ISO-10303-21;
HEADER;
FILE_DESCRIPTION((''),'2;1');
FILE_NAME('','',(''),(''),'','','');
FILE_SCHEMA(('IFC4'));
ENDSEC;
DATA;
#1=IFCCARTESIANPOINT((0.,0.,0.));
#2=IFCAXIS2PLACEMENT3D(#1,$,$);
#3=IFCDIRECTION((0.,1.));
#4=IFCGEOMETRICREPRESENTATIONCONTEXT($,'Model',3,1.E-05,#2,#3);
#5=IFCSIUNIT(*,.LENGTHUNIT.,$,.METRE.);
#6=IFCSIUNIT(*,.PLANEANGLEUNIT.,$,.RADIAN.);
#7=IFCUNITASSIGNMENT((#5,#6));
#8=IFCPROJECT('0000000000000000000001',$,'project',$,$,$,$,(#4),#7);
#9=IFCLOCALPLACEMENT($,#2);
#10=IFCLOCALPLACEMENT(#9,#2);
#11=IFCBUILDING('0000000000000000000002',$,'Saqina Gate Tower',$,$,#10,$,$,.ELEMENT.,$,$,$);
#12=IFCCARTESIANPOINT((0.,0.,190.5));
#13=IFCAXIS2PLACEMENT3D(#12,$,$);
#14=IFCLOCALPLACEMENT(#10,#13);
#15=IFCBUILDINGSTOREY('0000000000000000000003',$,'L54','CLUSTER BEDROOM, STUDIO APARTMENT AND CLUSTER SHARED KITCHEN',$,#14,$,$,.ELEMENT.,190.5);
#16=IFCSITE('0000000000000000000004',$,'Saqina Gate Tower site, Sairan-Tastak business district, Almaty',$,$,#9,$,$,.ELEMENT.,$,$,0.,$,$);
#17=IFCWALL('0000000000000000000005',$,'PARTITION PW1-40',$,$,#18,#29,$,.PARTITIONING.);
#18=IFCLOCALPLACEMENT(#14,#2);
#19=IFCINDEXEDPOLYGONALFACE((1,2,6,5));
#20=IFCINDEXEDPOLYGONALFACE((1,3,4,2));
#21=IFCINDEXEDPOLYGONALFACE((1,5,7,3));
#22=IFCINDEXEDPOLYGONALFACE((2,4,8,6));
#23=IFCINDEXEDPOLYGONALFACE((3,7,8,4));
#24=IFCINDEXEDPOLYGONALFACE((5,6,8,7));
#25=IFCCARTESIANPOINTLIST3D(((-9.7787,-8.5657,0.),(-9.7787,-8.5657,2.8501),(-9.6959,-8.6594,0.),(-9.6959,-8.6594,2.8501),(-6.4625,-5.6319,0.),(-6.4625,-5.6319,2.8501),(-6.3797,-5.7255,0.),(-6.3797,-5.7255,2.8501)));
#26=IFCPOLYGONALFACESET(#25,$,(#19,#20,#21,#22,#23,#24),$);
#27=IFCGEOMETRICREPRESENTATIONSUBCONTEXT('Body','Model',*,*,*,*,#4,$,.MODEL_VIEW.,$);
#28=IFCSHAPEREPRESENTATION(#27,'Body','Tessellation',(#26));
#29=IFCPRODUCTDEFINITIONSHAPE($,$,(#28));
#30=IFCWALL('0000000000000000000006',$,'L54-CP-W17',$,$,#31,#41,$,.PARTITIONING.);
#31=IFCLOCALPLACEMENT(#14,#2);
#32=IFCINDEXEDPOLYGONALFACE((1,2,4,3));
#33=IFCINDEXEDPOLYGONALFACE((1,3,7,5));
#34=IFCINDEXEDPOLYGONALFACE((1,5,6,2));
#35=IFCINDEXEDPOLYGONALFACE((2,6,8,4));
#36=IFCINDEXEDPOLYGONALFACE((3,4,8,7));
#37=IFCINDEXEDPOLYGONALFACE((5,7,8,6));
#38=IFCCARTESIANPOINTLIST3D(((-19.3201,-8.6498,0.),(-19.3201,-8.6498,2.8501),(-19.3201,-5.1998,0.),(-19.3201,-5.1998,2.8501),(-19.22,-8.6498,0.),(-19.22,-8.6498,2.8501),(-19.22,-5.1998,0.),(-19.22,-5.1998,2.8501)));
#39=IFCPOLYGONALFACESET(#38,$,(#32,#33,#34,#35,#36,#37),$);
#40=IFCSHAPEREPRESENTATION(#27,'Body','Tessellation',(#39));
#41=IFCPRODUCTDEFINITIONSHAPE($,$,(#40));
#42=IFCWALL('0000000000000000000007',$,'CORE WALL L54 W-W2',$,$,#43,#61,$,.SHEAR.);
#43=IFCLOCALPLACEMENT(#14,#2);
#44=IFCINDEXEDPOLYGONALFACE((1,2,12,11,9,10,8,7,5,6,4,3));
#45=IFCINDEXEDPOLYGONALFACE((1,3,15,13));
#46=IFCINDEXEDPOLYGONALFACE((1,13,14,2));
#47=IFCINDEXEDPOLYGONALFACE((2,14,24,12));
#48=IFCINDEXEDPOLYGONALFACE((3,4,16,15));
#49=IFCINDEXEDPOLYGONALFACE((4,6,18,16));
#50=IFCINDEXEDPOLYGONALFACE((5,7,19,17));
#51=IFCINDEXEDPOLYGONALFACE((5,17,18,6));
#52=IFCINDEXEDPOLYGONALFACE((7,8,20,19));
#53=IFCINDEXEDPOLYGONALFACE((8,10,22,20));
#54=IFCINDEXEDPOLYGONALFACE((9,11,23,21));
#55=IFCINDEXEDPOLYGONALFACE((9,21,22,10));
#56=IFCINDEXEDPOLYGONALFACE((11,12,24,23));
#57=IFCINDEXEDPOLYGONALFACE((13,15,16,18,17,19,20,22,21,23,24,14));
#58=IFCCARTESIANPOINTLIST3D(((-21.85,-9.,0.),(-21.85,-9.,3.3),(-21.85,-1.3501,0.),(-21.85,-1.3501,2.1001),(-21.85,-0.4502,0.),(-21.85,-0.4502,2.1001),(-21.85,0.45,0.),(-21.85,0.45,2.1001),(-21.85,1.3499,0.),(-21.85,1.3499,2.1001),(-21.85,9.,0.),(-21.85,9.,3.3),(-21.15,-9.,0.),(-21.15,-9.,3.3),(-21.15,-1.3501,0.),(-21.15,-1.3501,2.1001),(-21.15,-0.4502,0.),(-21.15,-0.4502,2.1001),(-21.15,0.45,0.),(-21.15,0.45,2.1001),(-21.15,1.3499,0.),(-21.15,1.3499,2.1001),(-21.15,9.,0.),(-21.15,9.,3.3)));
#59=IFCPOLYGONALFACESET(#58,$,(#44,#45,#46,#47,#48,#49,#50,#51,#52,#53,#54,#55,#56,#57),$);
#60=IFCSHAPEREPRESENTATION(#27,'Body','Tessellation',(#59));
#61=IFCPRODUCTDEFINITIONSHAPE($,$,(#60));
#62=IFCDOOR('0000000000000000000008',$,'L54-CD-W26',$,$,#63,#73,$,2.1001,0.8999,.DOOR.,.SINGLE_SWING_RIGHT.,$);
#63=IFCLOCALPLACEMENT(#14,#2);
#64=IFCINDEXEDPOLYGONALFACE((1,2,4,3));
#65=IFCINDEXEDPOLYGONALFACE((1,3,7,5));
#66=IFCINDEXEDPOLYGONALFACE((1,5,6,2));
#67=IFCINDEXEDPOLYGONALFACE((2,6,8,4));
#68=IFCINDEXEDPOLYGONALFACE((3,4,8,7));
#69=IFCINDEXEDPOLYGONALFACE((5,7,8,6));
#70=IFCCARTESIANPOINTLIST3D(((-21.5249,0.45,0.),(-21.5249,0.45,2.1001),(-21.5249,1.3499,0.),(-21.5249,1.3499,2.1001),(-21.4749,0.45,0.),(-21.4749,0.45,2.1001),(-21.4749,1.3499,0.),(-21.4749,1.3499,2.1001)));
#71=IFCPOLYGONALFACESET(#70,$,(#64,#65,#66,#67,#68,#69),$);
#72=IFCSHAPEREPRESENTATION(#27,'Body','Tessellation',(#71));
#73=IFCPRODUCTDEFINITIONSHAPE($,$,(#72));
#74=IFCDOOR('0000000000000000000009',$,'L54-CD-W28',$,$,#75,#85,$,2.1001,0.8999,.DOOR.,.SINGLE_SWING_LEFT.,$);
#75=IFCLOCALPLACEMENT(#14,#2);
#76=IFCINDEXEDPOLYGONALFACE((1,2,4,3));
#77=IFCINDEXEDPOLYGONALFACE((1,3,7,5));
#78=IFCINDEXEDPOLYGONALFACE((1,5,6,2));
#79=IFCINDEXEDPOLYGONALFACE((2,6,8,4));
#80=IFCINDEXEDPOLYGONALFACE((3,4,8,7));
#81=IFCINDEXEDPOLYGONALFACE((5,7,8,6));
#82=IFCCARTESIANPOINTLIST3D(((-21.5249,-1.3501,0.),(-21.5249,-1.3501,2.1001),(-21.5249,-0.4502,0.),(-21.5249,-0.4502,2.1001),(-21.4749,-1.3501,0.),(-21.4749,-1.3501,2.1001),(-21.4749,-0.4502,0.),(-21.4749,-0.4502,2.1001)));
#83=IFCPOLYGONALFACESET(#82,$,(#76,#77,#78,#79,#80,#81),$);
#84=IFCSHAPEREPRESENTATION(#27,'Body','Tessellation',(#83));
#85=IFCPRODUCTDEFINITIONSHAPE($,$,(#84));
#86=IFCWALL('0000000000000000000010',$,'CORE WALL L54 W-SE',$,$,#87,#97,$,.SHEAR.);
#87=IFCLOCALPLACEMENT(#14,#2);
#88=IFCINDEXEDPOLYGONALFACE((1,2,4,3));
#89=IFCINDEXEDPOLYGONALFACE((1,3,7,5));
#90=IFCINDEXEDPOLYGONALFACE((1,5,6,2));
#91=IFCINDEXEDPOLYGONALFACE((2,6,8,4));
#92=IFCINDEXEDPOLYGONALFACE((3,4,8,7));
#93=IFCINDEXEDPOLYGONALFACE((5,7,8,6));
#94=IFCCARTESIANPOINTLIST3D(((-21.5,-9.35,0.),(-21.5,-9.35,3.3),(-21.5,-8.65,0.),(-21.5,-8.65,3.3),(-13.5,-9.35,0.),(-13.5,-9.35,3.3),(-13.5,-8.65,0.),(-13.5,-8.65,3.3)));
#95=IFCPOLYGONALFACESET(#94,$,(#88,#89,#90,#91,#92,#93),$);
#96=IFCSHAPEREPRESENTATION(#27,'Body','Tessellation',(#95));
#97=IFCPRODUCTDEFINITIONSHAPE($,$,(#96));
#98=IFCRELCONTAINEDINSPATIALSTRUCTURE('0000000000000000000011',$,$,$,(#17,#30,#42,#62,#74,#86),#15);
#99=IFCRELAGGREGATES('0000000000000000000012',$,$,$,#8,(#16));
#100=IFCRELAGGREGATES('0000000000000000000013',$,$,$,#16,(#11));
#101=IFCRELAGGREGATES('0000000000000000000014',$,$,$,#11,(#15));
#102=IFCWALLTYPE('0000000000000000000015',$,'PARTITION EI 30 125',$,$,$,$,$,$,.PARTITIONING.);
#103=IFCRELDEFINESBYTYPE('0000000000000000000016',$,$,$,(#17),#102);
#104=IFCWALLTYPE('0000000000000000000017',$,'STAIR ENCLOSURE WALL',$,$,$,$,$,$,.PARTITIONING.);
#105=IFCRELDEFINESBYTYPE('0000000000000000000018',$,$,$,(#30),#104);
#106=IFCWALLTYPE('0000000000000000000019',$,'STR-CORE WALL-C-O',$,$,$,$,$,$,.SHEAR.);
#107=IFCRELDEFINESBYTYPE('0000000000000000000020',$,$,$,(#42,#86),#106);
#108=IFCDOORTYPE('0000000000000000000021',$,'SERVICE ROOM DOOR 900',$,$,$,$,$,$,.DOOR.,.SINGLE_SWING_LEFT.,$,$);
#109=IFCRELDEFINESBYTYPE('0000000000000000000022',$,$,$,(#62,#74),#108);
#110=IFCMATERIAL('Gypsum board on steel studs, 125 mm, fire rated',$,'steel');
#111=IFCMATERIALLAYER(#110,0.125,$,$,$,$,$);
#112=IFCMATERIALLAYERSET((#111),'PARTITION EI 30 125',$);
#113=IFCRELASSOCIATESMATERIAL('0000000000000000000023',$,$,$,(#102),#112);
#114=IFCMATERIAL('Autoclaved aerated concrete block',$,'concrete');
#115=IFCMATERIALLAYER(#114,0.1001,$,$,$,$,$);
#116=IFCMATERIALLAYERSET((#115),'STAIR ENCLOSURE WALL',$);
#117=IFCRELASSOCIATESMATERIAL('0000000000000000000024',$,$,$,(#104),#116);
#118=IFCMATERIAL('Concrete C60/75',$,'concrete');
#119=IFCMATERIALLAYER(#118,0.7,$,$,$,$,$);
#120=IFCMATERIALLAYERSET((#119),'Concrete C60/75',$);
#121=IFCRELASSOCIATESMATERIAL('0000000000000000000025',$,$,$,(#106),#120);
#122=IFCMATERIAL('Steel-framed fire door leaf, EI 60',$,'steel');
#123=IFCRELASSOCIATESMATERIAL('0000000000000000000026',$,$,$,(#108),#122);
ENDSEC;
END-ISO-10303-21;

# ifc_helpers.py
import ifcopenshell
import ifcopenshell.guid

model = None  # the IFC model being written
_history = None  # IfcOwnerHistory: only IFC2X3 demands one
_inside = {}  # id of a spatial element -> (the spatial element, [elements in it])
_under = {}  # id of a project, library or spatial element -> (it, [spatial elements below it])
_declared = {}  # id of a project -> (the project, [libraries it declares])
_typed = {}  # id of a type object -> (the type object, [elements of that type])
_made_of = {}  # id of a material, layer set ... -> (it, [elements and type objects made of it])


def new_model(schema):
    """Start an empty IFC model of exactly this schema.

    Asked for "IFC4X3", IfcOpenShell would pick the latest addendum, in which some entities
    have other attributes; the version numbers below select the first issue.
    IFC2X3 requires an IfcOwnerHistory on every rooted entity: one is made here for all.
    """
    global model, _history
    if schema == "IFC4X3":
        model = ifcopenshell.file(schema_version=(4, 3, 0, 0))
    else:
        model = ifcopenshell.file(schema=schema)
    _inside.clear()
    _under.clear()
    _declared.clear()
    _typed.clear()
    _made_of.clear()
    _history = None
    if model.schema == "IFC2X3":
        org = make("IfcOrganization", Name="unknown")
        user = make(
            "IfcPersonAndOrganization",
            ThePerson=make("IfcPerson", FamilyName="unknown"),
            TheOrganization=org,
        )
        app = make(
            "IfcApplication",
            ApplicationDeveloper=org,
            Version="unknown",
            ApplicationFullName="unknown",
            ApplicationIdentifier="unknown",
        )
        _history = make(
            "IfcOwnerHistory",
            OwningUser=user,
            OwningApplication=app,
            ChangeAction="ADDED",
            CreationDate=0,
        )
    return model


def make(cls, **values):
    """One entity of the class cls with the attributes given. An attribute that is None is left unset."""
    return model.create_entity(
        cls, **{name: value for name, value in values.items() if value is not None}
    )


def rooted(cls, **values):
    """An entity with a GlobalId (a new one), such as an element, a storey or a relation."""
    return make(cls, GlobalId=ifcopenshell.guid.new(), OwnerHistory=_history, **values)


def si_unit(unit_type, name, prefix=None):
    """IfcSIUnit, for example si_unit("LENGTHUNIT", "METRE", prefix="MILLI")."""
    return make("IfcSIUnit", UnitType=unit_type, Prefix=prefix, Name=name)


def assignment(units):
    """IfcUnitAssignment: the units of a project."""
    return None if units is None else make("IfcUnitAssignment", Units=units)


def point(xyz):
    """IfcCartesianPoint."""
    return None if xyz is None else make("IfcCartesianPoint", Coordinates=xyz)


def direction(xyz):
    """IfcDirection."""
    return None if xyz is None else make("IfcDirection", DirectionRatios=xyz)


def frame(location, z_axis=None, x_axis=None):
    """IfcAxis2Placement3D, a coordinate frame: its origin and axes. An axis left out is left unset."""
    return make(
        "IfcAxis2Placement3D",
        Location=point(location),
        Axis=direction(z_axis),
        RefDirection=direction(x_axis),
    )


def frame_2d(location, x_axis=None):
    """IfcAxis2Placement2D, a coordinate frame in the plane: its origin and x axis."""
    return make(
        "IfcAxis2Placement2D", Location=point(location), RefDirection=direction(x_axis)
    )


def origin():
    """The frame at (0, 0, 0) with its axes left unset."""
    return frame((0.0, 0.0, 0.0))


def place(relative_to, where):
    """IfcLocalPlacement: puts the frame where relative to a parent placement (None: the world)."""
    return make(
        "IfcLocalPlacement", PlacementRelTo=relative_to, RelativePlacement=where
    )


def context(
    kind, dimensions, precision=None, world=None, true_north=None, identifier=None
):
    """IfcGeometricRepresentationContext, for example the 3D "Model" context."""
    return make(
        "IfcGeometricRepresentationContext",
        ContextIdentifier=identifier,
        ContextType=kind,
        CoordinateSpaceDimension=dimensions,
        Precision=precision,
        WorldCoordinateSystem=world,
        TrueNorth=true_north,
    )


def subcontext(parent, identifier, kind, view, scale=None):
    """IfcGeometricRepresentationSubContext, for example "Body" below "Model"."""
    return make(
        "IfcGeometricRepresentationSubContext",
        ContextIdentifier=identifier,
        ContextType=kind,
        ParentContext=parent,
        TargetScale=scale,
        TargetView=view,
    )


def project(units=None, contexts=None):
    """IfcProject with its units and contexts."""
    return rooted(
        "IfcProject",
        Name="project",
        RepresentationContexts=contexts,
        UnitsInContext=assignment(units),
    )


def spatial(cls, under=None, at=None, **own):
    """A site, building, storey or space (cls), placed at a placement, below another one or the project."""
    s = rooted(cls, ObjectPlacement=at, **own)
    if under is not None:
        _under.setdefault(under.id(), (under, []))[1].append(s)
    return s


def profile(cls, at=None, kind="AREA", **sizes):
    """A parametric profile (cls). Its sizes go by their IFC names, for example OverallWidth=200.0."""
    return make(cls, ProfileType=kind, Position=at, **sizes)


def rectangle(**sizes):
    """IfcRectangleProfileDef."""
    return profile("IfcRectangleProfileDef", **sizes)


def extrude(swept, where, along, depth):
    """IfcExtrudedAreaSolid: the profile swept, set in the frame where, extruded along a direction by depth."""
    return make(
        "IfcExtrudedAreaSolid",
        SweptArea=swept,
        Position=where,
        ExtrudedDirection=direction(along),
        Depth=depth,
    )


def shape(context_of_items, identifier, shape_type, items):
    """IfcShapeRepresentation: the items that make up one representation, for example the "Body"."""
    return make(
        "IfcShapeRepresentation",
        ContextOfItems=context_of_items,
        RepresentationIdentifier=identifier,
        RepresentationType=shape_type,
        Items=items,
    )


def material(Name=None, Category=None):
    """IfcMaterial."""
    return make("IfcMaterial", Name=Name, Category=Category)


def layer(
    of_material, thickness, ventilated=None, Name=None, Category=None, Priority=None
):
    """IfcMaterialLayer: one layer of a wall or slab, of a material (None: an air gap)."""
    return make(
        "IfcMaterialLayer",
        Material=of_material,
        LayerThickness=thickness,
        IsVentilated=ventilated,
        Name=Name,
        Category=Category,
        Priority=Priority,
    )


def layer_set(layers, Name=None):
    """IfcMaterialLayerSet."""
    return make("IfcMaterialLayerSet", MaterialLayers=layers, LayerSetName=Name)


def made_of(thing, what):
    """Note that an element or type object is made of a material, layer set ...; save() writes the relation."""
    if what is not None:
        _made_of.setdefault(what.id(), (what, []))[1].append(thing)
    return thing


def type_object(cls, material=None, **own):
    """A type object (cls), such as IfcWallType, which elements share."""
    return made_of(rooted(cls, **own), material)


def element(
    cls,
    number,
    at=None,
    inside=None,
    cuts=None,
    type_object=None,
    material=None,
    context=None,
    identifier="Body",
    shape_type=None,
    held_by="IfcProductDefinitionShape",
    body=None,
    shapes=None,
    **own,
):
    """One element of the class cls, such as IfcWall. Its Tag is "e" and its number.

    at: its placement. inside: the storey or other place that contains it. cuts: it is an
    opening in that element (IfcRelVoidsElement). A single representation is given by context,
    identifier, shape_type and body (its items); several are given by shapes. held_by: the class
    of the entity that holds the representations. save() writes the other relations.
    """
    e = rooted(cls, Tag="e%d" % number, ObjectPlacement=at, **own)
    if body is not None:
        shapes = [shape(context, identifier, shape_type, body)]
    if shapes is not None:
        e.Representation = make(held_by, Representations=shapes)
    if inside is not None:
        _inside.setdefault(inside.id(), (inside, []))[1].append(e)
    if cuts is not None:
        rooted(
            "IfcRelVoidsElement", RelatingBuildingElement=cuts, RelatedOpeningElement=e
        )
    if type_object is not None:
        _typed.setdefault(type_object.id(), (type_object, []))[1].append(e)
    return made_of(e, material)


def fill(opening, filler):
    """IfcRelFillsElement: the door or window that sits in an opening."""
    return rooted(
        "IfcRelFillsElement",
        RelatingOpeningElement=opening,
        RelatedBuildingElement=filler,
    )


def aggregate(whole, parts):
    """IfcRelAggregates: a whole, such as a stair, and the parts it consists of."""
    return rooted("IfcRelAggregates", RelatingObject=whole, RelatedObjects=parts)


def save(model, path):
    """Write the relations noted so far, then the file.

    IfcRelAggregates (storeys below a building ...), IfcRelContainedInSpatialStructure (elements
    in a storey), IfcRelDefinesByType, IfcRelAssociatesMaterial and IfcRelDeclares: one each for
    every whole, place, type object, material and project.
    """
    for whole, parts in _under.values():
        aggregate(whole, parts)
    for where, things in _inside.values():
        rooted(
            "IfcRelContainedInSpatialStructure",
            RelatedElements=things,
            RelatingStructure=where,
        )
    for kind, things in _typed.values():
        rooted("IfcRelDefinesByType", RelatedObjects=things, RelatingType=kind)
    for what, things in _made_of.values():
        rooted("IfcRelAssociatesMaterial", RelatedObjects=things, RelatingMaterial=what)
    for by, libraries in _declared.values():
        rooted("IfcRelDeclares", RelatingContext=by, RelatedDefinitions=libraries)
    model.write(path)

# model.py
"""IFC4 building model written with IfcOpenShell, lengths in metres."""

from ifc_helpers import new_model, si_unit, direction, frame, frame_2d, origin, place, context, subcontext, project, spatial, rectangle, extrude, material, layer, layer_set, type_object, element, fill, save


model = new_model("IFC4")

# Units and contexts
model_context = context("Model", 3, precision=1e-05, world=origin(), true_north=direction((0.0, 1.0)))
body_context = subcontext(model_context, "Body", "Model", "MODEL_VIEW")
ifc_project = project(units=[si_unit("LENGTHUNIT", "METRE"), si_unit("PLANEANGLEUNIT", "RADIAN")], contexts=[model_context])

# Site, building, storey
site_placement = place(None, origin())
site = spatial("IfcSite", under=ifc_project, at=site_placement, Name="Saqina Gate Tower site, Sairan-Tastak business district, Almaty", CompositionType="ELEMENT", RefElevation=0.0)
building_placement = place(site_placement, origin())
building = spatial("IfcBuilding", under=site, at=building_placement, Name="Saqina Gate Tower", CompositionType="ELEMENT")
storey_placement = place(building_placement, frame((0.0, 0.0, 190.5)))
storey = spatial("IfcBuildingStorey", under=building, at=storey_placement, Name="L54", Description="CLUSTER BEDROOM, STUDIO APARTMENT AND CLUSTER SHARED KITCHEN", CompositionType="ELEMENT", Elevation=190.5)

# Shared definitions
ifc_material_1 = material(Name="Gypsum board on steel studs, 125 mm, fire rated", Category="steel")
ifc_layer_1 = layer(ifc_material_1, 0.125)
ifc_layer_set_1 = layer_set([ifc_layer_1], Name="PARTITION EI 30 125")
wall_type_1 = type_object("IfcWallType", Name="PARTITION EI 30 125", PredefinedType="PARTITIONING", material=ifc_layer_set_1)

# Walls
wall_1_placement = place(storey_placement, frame((-9.7373, -8.6125, 0.0), z_axis=(0.0, 0.0, 1.0), x_axis=(0.748962, 0.662613, 0.0)))
element("IfcWall", 1, at=wall_1_placement, inside=storey, type_object=wall_type_1, Name="PARTITION PW1-40", PredefinedType="PARTITIONING", context=body_context, shape_type="SweptSolid", body=[
    extrude(rectangle(XDim=4.4277, YDim=0.125, at=frame_2d((2.2139, 0.0))), origin(), (0.0, 0.0, 1.0), 2.8501),
])
ifc_material_2 = material(Name="Autoclaved aerated concrete block", Category="concrete")
ifc_layer_2 = layer(ifc_material_2, 0.1001)
ifc_layer_set_2 = layer_set([ifc_layer_2], Name="STAIR ENCLOSURE WALL")
wall_type_2 = type_object("IfcWallType", Name="STAIR ENCLOSURE WALL", PredefinedType="PARTITIONING", material=ifc_layer_set_2)
wall_2_placement = place(storey_placement, frame((-19.27, -8.6499, 0.0), z_axis=(0.0, 0.0, 1.0), x_axis=(0.0, 1.0, 0.0)))
element("IfcWall", 2, at=wall_2_placement, inside=storey, type_object=wall_type_2, Name="L54-CP-W17", PredefinedType="PARTITIONING", context=body_context, shape_type="SweptSolid", body=[
    extrude(rectangle(XDim=3.45, YDim=0.1001, at=frame_2d((1.7251, 0.0))), origin(), (0.0, 0.0, 1.0), 2.8501),
])

# Wall, openings, doors
ifc_material_3 = material(Name="Concrete C60/75", Category="concrete")
ifc_layer_3 = layer(ifc_material_3, 0.7)
ifc_layer_set_3 = layer_set([ifc_layer_3], Name="Concrete C60/75")
wall_type_3 = type_object("IfcWallType", Name="STR-CORE WALL-C-O", PredefinedType="SHEAR", material=ifc_layer_set_3)
wall_3_placement = place(storey_placement, frame((-21.5, -9.0, 0.0), z_axis=(0.0, 0.0, 1.0), x_axis=(0.0, 1.0, 0.0)))
wall_3 = element("IfcWall", 3, at=wall_3_placement, inside=storey, type_object=wall_type_3, Name="CORE WALL L54 W-W2", PredefinedType="SHEAR", context=body_context, shape_type="SweptSolid", body=[
    extrude(rectangle(XDim=18.0, YDim=0.7, at=frame_2d((9.0, 0.0))), origin(), (0.0, 0.0, 1.0), 3.3),
])
opening_1_placement = place(wall_3_placement, frame((9.45, 0.0, 0.0)))
opening_1 = element("IfcOpeningElement", 4, at=opening_1_placement, cuts=wall_3, PredefinedType="OPENING", context=body_context, shape_type="SweptSolid", body=[
    extrude(rectangle(XDim=0.8999, YDim=2.1001, at=frame_2d((0.45, 1.05))), frame((0.0, 0.3621, 0.0), z_axis=(0.0, -1.0, 0.0), x_axis=(1.0, 0.0, 0.0)), (0.0, 0.0, 1.0), 0.7239),
])
opening_2_placement = place(wall_3_placement, frame((7.6499, 0.0, 0.0)))
opening_2 = element("IfcOpeningElement", 5, at=opening_2_placement, cuts=wall_3, PredefinedType="OPENING", context=body_context, shape_type="SweptSolid", body=[
    extrude(rectangle(XDim=0.8999, YDim=2.1001, at=frame_2d((0.45, 1.05))), frame((0.0, 0.3621, 0.0), z_axis=(0.0, -1.0, 0.0), x_axis=(1.0, 0.0, 0.0)), (0.0, 0.0, 1.0), 0.7239),
])
ifc_material_4 = material(Name="Steel-framed fire door leaf, EI 60", Category="steel")
door_type_1 = type_object("IfcDoorType", Name="SERVICE ROOM DOOR 900", OperationType="SINGLE_SWING_LEFT", PredefinedType="DOOR", material=ifc_material_4)
door_1_placement = place(opening_1_placement, origin())
door_1 = element("IfcDoor", 6, at=door_1_placement, inside=storey, type_object=door_type_1, Name="L54-CD-W26", OperationType="SINGLE_SWING_RIGHT", OverallHeight=2.1001, OverallWidth=0.8999, PredefinedType="DOOR", context=body_context, shape_type="SweptSolid", body=[
    extrude(rectangle(XDim=0.8999, YDim=2.1001, at=frame_2d((0.45, 1.05))), frame((0.0, 0.0249, 0.0), z_axis=(0.0, -1.0, 0.0), x_axis=(1.0, 0.0, 0.0)), (0.0, 0.0, 1.0), 0.05),
])
fill(opening_1, door_1)
door_2_placement = place(opening_2_placement, origin())
door_2 = element("IfcDoor", 7, at=door_2_placement, inside=storey, type_object=door_type_1, Name="L54-CD-W28", OperationType="SINGLE_SWING_LEFT", OverallHeight=2.1001, OverallWidth=0.8999, PredefinedType="DOOR", context=body_context, shape_type="SweptSolid", body=[
    extrude(rectangle(XDim=0.8999, YDim=2.1001, at=frame_2d((0.45, 1.05))), frame((0.0, 0.0249, 0.0), z_axis=(0.0, -1.0, 0.0), x_axis=(1.0, 0.0, 0.0)), (0.0, 0.0, 1.0), 0.05),
])
fill(opening_2, door_2)

# Wall
wall_4_placement = place(storey_placement, frame((-13.5, -9.0, 0.0), z_axis=(0.0, 0.0, 1.0), x_axis=(-1.0, 0.0, 0.0)))
element("IfcWall", 8, at=wall_4_placement, inside=storey, type_object=wall_type_3, Name="CORE WALL L54 W-SE", PredefinedType="SHEAR", context=body_context, shape_type="SweptSolid", body=[
    extrude(rectangle(XDim=8.0, YDim=0.7, at=frame_2d((4.0, 0.0))), origin(), (0.0, 0.0, 1.0), 3.3),
])

save(model, "model.ifc")
